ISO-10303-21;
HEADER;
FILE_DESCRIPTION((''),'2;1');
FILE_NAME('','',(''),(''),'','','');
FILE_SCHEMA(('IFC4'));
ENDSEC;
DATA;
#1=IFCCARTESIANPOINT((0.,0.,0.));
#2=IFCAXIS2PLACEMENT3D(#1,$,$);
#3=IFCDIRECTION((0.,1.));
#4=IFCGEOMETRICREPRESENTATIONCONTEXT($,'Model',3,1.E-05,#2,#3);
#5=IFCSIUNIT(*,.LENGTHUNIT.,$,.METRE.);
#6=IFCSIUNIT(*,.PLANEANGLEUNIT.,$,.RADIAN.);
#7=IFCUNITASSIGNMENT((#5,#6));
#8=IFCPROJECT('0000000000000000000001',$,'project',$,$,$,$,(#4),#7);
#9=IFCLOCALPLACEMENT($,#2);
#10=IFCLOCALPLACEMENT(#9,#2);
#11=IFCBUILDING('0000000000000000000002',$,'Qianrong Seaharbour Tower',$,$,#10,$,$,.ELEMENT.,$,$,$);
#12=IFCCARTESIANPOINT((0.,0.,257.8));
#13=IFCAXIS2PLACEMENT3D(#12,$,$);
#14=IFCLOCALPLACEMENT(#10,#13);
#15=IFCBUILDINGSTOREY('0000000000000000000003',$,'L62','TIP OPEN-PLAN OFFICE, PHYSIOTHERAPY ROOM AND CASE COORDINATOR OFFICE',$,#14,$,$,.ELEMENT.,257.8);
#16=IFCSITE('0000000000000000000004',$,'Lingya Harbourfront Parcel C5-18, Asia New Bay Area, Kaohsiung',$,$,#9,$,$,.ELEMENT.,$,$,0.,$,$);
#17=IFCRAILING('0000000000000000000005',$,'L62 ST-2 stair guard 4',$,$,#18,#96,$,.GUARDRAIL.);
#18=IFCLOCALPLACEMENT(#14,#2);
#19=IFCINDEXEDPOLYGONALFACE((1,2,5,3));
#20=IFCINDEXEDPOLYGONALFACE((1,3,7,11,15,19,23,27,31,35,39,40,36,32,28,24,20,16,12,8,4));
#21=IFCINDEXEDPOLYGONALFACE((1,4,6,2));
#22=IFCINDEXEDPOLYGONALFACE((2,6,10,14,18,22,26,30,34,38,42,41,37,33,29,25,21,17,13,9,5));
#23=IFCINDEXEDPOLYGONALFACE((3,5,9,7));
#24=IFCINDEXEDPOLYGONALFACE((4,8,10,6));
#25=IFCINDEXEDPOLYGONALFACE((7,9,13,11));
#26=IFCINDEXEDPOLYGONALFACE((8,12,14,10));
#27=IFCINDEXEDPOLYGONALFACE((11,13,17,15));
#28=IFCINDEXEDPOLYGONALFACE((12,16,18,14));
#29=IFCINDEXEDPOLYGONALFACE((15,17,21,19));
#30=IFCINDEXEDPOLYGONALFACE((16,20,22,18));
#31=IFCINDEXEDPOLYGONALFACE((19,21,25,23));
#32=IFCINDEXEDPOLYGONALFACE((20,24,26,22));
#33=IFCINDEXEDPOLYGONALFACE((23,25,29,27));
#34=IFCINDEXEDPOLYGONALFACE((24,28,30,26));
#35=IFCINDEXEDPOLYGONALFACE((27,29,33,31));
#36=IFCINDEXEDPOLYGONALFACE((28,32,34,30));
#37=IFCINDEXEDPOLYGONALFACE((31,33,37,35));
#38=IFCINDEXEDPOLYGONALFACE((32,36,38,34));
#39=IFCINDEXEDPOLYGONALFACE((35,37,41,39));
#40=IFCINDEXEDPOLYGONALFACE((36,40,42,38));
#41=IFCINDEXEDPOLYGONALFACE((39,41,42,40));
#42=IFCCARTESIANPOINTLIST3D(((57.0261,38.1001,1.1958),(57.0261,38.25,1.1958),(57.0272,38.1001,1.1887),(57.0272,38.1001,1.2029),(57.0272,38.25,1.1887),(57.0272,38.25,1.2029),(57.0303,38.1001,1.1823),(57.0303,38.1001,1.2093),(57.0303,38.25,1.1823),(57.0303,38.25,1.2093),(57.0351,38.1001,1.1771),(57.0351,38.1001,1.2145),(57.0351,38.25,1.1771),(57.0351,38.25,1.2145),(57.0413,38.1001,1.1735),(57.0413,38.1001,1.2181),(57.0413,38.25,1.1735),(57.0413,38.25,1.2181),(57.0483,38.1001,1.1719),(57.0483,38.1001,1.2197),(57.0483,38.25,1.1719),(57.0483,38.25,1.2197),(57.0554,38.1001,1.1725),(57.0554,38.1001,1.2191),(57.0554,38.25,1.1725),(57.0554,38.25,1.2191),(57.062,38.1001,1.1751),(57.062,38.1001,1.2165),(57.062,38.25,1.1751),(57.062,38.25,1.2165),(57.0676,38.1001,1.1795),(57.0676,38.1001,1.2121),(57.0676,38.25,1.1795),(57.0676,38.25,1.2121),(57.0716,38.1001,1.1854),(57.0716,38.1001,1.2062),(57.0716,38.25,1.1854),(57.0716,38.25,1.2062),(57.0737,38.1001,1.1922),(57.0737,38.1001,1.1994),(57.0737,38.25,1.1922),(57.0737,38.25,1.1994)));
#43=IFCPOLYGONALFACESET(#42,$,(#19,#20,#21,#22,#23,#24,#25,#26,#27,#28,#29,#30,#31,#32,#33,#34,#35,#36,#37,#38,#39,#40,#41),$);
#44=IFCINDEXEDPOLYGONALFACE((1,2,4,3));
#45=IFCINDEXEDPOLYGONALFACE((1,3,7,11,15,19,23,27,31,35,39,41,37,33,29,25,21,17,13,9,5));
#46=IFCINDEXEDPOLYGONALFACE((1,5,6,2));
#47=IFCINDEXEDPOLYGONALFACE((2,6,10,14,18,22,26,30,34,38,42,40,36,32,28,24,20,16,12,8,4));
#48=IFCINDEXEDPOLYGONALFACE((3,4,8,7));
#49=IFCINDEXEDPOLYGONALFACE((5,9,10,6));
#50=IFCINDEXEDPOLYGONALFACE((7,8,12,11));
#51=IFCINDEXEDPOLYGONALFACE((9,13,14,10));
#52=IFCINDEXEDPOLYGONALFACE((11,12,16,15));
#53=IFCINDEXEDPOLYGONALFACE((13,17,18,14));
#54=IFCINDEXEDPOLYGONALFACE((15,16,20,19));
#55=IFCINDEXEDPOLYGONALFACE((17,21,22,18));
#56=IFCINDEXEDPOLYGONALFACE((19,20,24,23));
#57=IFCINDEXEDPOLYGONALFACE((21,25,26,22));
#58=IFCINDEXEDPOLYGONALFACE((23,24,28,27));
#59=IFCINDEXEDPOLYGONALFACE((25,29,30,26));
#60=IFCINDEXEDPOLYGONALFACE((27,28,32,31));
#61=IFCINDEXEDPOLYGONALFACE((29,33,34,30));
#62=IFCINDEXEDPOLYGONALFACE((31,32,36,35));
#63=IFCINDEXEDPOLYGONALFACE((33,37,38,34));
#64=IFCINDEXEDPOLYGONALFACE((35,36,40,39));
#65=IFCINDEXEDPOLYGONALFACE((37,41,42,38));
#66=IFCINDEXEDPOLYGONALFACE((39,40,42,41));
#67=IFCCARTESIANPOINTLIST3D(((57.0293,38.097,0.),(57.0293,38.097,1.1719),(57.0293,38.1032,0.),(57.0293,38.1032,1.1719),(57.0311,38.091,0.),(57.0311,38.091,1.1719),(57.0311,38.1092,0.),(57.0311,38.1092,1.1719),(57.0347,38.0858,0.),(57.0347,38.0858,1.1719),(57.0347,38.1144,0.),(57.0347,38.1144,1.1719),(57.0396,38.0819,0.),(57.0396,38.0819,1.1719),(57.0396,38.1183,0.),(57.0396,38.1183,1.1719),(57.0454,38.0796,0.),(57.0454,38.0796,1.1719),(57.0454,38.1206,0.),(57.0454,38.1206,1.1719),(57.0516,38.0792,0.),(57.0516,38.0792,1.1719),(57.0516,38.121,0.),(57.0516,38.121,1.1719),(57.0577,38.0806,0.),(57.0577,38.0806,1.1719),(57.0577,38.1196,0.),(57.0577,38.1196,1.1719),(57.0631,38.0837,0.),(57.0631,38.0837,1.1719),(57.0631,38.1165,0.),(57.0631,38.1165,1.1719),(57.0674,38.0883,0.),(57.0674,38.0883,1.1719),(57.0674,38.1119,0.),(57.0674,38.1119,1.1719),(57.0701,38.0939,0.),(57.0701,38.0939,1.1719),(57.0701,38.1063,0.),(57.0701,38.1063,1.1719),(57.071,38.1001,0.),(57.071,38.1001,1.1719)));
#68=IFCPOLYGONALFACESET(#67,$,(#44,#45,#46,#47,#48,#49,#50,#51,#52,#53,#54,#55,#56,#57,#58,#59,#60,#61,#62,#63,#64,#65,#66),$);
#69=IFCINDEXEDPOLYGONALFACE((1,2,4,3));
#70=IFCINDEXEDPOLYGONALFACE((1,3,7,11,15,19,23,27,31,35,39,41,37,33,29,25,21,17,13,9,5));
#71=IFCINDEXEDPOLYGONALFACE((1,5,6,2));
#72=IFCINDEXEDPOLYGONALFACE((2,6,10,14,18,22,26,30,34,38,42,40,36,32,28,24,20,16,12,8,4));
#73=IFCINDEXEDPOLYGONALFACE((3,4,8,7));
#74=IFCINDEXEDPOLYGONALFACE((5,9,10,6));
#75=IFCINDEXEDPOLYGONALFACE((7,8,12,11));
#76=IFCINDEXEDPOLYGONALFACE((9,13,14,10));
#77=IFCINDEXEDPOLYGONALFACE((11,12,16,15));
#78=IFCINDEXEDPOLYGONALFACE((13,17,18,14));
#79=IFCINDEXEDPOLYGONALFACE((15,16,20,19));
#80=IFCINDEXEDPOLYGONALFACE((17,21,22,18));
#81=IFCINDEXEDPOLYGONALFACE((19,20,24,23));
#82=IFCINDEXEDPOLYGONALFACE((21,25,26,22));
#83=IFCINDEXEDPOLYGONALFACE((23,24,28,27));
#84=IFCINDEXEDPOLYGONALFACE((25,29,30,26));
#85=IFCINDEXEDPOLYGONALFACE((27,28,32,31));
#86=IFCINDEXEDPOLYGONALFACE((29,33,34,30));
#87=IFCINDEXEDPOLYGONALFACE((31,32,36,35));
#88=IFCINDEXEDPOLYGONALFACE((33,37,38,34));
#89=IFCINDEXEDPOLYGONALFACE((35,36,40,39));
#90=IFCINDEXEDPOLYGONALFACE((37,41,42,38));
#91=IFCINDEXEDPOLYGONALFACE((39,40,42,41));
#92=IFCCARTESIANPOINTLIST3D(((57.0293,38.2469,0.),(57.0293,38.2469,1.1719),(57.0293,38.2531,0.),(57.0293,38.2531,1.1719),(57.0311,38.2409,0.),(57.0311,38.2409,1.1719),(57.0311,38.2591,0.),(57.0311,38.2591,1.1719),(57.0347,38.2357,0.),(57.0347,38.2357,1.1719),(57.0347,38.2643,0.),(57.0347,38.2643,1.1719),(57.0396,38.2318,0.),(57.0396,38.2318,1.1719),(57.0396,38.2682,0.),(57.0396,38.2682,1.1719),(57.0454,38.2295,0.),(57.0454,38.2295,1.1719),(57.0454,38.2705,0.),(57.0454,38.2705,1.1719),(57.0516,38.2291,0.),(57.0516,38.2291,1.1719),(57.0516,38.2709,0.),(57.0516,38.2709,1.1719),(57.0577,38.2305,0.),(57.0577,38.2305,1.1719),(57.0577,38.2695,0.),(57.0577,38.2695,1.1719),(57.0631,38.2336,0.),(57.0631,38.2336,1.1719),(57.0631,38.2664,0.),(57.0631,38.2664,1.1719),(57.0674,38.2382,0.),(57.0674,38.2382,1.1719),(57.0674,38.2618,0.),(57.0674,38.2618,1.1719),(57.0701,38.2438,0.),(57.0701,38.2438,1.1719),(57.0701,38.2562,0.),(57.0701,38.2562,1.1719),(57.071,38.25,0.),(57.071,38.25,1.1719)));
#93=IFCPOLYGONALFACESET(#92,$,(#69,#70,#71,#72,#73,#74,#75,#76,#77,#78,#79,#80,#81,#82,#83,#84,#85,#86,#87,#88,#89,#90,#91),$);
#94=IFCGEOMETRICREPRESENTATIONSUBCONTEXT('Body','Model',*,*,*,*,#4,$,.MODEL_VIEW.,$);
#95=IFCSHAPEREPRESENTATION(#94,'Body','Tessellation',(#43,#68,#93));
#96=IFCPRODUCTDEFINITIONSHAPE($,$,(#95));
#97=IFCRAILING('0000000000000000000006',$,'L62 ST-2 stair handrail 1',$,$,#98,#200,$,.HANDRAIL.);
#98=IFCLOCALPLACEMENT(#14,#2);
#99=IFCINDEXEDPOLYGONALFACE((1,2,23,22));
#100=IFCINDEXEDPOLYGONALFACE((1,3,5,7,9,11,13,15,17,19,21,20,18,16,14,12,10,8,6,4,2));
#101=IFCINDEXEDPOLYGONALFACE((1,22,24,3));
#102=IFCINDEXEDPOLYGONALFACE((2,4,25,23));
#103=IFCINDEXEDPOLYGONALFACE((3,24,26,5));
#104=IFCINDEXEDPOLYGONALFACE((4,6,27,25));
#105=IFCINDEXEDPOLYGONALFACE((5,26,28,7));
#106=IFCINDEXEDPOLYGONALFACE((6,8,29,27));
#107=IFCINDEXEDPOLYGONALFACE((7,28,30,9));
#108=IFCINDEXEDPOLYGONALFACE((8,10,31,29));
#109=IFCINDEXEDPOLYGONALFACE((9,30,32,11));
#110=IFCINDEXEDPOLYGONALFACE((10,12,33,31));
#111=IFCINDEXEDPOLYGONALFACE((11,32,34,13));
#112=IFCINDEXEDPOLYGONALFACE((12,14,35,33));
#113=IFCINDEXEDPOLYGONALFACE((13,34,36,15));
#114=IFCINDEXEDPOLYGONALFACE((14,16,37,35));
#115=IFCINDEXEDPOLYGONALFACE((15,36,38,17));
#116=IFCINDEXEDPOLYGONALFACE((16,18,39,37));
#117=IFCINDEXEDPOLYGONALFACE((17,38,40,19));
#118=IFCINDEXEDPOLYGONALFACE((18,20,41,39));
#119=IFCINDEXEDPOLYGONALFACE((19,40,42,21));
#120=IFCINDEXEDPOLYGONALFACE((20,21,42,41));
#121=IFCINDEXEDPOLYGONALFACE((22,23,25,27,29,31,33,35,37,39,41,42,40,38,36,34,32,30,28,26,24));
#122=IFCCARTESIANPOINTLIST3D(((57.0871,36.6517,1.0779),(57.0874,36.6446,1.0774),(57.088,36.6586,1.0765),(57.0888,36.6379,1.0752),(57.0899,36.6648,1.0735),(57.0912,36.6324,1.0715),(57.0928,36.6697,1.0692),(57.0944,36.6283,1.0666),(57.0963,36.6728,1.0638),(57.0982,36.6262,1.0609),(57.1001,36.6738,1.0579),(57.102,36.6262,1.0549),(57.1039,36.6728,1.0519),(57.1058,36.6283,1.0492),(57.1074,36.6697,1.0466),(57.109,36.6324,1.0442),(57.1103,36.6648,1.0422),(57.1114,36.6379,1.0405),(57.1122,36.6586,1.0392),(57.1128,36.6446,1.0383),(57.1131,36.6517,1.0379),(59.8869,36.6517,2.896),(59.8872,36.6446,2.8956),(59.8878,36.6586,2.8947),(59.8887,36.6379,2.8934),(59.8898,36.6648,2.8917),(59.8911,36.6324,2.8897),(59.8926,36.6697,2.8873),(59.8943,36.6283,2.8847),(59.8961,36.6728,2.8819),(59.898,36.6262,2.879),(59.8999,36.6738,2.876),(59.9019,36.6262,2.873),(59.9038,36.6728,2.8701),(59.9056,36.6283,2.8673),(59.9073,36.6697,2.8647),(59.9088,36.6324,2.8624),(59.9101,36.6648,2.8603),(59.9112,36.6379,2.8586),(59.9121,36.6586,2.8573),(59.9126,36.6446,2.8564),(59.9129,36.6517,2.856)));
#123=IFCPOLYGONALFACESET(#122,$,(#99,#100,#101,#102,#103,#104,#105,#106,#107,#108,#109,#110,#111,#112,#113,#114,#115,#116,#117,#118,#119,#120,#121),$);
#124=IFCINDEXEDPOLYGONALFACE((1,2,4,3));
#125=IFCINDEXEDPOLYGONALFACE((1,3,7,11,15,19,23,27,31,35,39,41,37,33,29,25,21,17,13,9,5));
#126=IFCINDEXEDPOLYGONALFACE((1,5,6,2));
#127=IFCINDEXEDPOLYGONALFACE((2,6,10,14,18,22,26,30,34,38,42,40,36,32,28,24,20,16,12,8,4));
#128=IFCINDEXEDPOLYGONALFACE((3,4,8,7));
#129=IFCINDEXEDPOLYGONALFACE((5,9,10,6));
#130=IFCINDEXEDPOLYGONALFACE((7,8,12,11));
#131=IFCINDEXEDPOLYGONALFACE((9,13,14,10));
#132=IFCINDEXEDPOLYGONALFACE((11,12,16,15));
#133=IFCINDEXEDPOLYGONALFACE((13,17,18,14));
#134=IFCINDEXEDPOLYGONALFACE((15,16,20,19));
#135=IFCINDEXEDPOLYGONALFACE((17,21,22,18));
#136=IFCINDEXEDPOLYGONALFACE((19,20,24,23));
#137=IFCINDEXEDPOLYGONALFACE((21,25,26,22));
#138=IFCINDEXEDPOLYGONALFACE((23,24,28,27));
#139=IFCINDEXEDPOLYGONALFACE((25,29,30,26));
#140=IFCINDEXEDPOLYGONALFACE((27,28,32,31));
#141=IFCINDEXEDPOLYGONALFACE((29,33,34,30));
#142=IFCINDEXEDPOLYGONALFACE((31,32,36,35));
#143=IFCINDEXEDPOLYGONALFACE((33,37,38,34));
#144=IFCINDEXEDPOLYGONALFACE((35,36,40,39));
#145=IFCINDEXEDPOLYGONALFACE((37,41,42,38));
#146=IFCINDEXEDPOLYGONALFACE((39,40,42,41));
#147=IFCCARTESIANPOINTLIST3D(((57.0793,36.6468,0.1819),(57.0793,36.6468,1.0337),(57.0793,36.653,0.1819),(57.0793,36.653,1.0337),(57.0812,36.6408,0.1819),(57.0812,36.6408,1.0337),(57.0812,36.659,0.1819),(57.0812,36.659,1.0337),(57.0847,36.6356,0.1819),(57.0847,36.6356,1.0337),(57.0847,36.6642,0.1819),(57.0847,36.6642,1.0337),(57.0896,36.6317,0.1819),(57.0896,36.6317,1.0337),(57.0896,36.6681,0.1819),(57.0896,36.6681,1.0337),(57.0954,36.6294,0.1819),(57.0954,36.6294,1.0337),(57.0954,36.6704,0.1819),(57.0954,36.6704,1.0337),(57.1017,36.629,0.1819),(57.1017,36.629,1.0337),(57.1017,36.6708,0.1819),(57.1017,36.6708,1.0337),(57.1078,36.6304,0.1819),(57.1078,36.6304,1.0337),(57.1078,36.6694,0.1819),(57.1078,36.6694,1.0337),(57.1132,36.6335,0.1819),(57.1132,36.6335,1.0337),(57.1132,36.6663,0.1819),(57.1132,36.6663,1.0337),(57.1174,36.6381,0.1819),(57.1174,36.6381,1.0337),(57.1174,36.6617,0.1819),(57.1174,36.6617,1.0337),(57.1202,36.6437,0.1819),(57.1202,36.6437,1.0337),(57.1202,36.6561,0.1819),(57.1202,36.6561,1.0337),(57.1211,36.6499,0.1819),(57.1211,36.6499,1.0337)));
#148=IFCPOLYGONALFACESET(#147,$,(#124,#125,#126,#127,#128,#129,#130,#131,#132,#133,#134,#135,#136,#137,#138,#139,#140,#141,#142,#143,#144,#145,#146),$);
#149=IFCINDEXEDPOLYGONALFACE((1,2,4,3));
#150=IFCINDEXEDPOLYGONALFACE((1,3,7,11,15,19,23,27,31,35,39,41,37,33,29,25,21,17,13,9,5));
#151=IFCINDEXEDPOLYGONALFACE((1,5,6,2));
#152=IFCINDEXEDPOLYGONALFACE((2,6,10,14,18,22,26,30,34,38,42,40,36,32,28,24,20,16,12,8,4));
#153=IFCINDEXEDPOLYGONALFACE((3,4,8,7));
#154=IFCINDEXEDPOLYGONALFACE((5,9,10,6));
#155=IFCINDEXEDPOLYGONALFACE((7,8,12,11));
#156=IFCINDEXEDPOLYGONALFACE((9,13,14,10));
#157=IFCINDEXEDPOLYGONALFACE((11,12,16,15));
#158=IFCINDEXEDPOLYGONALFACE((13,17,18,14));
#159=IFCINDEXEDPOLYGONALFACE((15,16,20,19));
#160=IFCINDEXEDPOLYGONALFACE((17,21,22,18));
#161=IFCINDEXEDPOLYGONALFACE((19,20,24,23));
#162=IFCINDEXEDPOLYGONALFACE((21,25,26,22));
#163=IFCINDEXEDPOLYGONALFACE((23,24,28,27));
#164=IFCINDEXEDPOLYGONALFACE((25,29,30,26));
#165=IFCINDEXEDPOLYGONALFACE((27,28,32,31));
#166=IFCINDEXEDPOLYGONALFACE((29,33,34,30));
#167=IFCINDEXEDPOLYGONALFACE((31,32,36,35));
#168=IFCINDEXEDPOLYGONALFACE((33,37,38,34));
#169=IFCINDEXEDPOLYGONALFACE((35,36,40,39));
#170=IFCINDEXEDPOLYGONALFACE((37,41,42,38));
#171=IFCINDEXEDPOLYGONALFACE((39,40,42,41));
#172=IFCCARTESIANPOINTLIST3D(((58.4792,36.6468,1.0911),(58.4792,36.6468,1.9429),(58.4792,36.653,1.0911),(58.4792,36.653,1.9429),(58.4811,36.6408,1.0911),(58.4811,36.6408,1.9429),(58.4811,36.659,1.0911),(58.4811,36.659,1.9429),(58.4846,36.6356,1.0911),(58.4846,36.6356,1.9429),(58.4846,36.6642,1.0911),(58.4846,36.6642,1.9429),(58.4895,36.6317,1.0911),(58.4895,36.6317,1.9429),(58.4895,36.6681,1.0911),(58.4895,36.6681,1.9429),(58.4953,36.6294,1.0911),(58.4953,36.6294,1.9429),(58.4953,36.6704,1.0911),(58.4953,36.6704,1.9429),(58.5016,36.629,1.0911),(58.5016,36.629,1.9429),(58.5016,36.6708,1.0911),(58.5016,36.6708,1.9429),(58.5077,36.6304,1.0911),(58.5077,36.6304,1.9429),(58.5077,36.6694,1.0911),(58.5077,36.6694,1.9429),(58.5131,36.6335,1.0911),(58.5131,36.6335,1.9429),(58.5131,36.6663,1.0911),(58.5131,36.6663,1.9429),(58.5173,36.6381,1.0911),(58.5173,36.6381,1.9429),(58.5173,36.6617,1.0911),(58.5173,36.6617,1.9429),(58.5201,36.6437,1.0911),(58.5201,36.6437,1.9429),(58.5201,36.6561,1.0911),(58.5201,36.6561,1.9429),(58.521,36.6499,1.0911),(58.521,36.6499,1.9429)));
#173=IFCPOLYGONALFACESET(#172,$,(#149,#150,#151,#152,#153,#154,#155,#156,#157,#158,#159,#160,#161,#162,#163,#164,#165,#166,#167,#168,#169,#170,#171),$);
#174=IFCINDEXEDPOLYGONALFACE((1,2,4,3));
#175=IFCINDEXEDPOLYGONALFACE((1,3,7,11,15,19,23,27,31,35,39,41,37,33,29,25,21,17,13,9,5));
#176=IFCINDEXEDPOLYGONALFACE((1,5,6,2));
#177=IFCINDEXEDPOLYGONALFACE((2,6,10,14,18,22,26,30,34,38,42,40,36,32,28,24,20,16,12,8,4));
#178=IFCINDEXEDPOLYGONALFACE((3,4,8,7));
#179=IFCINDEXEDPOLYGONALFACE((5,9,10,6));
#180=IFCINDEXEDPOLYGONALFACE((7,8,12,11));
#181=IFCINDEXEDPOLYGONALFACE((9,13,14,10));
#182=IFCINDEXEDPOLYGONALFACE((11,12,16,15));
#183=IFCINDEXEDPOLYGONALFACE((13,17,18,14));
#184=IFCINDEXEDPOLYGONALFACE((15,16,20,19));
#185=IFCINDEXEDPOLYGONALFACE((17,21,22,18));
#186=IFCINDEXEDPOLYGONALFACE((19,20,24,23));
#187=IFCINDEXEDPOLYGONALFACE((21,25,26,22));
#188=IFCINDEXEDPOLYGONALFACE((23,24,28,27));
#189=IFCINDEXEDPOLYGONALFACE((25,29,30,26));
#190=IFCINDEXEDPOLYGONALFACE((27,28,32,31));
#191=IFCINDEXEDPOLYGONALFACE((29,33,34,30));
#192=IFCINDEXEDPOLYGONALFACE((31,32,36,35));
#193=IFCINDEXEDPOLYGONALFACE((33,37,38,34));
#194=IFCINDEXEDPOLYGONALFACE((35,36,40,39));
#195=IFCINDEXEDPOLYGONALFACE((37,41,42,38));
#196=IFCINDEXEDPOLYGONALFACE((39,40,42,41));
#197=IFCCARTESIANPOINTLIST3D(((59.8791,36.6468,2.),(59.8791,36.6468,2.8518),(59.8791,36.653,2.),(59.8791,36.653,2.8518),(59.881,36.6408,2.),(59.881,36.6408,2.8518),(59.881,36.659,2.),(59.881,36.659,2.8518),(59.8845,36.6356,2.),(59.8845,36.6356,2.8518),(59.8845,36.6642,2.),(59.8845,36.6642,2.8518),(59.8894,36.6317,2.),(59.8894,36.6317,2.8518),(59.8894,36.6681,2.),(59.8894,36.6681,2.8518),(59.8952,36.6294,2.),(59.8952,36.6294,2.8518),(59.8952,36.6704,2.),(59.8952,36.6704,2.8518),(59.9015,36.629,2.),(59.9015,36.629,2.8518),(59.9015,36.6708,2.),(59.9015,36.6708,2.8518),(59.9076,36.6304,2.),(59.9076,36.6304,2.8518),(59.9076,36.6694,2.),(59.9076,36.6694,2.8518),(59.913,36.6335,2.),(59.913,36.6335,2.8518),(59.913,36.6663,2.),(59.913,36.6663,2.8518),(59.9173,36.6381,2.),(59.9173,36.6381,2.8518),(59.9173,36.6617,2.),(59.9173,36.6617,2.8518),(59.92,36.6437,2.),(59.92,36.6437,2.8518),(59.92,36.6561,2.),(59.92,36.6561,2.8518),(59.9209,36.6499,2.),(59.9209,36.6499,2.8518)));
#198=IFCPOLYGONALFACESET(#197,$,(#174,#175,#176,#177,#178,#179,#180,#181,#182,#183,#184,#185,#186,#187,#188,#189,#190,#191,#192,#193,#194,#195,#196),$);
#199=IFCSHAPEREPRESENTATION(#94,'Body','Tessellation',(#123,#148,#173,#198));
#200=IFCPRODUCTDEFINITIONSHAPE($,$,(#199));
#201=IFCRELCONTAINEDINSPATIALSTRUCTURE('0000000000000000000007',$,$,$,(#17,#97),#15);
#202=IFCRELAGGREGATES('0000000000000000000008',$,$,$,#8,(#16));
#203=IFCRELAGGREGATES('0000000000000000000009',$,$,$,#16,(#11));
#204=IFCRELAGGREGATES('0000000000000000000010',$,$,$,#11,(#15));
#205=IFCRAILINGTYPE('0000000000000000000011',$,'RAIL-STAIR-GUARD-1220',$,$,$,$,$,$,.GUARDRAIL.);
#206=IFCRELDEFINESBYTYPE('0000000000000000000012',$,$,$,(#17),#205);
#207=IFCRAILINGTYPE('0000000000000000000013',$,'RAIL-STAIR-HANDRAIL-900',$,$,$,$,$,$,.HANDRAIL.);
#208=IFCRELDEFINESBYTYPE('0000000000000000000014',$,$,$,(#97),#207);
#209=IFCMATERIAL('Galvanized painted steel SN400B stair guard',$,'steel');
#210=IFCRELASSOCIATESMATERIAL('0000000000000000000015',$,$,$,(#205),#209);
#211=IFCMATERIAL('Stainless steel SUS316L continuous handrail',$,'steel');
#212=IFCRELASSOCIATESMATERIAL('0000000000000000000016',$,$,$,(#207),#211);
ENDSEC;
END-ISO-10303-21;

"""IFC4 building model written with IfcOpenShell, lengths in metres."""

from ifc_helpers import new_model, si_unit, direction, frame, origin, origin_2d, place, context, subcontext, project, spatial, circle, extrude, material, type_object, element, save


model = new_model("IFC4")

# Units and contexts
model_context = context("Model", 3, precision=1e-05, world=origin(), true_north=direction((0.0, 1.0)))
body_context = subcontext(model_context, "Body", "Model", "MODEL_VIEW")
ifc_project = project(units=[si_unit("LENGTHUNIT", "METRE"), si_unit("PLANEANGLEUNIT", "RADIAN")], contexts=[model_context])

# Site, building, storey
site_placement = place(None, origin())
site = spatial("IfcSite", under=ifc_project, at=site_placement, Name="Lingya Harbourfront Parcel C5-18, Asia New Bay Area, Kaohsiung", CompositionType="ELEMENT", RefElevation=0.0)
building_placement = place(site_placement, origin())
building = spatial("IfcBuilding", under=site, at=building_placement, Name="Qianrong Seaharbour Tower", CompositionType="ELEMENT")
storey_placement = place(building_placement, frame((0.0, 0.0, 257.8)))
storey = spatial("IfcBuildingStorey", under=building, at=storey_placement, Name="L62", Description="TIP OPEN-PLAN OFFICE, PHYSIOTHERAPY ROOM AND CASE COORDINATOR OFFICE", CompositionType="ELEMENT", Elevation=257.8)

# Railings
ifc_material_1 = material(Name="Galvanized painted steel SN400B stair guard", Category="steel")
railing_type_1 = type_object("IfcRailingType", Name="RAIL-STAIR-GUARD-1220", PredefinedType="GUARDRAIL", material=ifc_material_1)
railing_1_placement = place(storey_placement, frame((57.05, 38.1001, 0.0)))
element("IfcRailing", 1, at=railing_1_placement, inside=storey, type_object=railing_type_1, Name="L62 ST-2 stair guard 4", PredefinedType="GUARDRAIL", context=body_context, shape_type="SweptSolid", body=[
    extrude(circle(Radius=0.0239, at=origin_2d()), frame((0.0, 0.0, 1.1958), z_axis=(0.0, 1.0, 0.0), x_axis=(-1.0, 0.0, 0.0)), (0.0, 0.0, 1.0), 0.1499),
    extrude(circle(Radius=0.021, at=origin_2d()), origin(), (0.0, 0.0, 1.0), 1.1719),
    extrude(circle(Radius=0.021, at=origin_2d()), frame((0.0, 0.1499, 0.0)), (0.0, 0.0, 1.0), 1.1719),
])
ifc_material_2 = material(Name="Stainless steel SUS316L continuous handrail", Category="steel")
railing_type_2 = type_object("IfcRailingType", Name="RAIL-STAIR-HANDRAIL-900", PredefinedType="HANDRAIL", material=ifc_material_2)
railing_2_placement = place(storey_placement, frame((57.1001, 36.6499, 0.1819)))
element("IfcRailing", 2, at=railing_2_placement, inside=storey, type_object=railing_type_2, Name="L62 ST-2 stair handrail 1", PredefinedType="HANDRAIL", context=body_context, shape_type="SweptSolid", body=[
    extrude(circle(Radius=0.0239, at=origin_2d()), frame((0.0, 0.0, 0.876), z_axis=(0.838684, 0.0, 0.544618), x_axis=(0.0, 1.0, 0.0)), (0.0, 0.0, 1.0), 3.3384),
    extrude(circle(Radius=0.021, at=origin_2d()), origin(), (0.0, 0.0, 1.0), 0.8518),
    extrude(circle(Radius=0.021, at=origin_2d()), frame((1.3999, 0.0, 0.9092)), (0.0, 0.0, 1.0), 0.8518),
    extrude(circle(Radius=0.021, at=origin_2d()), frame((2.7998, 0.0, 1.8181)), (0.0, 0.0, 1.0), 0.8518),
])

save(model, "model.ifc")
